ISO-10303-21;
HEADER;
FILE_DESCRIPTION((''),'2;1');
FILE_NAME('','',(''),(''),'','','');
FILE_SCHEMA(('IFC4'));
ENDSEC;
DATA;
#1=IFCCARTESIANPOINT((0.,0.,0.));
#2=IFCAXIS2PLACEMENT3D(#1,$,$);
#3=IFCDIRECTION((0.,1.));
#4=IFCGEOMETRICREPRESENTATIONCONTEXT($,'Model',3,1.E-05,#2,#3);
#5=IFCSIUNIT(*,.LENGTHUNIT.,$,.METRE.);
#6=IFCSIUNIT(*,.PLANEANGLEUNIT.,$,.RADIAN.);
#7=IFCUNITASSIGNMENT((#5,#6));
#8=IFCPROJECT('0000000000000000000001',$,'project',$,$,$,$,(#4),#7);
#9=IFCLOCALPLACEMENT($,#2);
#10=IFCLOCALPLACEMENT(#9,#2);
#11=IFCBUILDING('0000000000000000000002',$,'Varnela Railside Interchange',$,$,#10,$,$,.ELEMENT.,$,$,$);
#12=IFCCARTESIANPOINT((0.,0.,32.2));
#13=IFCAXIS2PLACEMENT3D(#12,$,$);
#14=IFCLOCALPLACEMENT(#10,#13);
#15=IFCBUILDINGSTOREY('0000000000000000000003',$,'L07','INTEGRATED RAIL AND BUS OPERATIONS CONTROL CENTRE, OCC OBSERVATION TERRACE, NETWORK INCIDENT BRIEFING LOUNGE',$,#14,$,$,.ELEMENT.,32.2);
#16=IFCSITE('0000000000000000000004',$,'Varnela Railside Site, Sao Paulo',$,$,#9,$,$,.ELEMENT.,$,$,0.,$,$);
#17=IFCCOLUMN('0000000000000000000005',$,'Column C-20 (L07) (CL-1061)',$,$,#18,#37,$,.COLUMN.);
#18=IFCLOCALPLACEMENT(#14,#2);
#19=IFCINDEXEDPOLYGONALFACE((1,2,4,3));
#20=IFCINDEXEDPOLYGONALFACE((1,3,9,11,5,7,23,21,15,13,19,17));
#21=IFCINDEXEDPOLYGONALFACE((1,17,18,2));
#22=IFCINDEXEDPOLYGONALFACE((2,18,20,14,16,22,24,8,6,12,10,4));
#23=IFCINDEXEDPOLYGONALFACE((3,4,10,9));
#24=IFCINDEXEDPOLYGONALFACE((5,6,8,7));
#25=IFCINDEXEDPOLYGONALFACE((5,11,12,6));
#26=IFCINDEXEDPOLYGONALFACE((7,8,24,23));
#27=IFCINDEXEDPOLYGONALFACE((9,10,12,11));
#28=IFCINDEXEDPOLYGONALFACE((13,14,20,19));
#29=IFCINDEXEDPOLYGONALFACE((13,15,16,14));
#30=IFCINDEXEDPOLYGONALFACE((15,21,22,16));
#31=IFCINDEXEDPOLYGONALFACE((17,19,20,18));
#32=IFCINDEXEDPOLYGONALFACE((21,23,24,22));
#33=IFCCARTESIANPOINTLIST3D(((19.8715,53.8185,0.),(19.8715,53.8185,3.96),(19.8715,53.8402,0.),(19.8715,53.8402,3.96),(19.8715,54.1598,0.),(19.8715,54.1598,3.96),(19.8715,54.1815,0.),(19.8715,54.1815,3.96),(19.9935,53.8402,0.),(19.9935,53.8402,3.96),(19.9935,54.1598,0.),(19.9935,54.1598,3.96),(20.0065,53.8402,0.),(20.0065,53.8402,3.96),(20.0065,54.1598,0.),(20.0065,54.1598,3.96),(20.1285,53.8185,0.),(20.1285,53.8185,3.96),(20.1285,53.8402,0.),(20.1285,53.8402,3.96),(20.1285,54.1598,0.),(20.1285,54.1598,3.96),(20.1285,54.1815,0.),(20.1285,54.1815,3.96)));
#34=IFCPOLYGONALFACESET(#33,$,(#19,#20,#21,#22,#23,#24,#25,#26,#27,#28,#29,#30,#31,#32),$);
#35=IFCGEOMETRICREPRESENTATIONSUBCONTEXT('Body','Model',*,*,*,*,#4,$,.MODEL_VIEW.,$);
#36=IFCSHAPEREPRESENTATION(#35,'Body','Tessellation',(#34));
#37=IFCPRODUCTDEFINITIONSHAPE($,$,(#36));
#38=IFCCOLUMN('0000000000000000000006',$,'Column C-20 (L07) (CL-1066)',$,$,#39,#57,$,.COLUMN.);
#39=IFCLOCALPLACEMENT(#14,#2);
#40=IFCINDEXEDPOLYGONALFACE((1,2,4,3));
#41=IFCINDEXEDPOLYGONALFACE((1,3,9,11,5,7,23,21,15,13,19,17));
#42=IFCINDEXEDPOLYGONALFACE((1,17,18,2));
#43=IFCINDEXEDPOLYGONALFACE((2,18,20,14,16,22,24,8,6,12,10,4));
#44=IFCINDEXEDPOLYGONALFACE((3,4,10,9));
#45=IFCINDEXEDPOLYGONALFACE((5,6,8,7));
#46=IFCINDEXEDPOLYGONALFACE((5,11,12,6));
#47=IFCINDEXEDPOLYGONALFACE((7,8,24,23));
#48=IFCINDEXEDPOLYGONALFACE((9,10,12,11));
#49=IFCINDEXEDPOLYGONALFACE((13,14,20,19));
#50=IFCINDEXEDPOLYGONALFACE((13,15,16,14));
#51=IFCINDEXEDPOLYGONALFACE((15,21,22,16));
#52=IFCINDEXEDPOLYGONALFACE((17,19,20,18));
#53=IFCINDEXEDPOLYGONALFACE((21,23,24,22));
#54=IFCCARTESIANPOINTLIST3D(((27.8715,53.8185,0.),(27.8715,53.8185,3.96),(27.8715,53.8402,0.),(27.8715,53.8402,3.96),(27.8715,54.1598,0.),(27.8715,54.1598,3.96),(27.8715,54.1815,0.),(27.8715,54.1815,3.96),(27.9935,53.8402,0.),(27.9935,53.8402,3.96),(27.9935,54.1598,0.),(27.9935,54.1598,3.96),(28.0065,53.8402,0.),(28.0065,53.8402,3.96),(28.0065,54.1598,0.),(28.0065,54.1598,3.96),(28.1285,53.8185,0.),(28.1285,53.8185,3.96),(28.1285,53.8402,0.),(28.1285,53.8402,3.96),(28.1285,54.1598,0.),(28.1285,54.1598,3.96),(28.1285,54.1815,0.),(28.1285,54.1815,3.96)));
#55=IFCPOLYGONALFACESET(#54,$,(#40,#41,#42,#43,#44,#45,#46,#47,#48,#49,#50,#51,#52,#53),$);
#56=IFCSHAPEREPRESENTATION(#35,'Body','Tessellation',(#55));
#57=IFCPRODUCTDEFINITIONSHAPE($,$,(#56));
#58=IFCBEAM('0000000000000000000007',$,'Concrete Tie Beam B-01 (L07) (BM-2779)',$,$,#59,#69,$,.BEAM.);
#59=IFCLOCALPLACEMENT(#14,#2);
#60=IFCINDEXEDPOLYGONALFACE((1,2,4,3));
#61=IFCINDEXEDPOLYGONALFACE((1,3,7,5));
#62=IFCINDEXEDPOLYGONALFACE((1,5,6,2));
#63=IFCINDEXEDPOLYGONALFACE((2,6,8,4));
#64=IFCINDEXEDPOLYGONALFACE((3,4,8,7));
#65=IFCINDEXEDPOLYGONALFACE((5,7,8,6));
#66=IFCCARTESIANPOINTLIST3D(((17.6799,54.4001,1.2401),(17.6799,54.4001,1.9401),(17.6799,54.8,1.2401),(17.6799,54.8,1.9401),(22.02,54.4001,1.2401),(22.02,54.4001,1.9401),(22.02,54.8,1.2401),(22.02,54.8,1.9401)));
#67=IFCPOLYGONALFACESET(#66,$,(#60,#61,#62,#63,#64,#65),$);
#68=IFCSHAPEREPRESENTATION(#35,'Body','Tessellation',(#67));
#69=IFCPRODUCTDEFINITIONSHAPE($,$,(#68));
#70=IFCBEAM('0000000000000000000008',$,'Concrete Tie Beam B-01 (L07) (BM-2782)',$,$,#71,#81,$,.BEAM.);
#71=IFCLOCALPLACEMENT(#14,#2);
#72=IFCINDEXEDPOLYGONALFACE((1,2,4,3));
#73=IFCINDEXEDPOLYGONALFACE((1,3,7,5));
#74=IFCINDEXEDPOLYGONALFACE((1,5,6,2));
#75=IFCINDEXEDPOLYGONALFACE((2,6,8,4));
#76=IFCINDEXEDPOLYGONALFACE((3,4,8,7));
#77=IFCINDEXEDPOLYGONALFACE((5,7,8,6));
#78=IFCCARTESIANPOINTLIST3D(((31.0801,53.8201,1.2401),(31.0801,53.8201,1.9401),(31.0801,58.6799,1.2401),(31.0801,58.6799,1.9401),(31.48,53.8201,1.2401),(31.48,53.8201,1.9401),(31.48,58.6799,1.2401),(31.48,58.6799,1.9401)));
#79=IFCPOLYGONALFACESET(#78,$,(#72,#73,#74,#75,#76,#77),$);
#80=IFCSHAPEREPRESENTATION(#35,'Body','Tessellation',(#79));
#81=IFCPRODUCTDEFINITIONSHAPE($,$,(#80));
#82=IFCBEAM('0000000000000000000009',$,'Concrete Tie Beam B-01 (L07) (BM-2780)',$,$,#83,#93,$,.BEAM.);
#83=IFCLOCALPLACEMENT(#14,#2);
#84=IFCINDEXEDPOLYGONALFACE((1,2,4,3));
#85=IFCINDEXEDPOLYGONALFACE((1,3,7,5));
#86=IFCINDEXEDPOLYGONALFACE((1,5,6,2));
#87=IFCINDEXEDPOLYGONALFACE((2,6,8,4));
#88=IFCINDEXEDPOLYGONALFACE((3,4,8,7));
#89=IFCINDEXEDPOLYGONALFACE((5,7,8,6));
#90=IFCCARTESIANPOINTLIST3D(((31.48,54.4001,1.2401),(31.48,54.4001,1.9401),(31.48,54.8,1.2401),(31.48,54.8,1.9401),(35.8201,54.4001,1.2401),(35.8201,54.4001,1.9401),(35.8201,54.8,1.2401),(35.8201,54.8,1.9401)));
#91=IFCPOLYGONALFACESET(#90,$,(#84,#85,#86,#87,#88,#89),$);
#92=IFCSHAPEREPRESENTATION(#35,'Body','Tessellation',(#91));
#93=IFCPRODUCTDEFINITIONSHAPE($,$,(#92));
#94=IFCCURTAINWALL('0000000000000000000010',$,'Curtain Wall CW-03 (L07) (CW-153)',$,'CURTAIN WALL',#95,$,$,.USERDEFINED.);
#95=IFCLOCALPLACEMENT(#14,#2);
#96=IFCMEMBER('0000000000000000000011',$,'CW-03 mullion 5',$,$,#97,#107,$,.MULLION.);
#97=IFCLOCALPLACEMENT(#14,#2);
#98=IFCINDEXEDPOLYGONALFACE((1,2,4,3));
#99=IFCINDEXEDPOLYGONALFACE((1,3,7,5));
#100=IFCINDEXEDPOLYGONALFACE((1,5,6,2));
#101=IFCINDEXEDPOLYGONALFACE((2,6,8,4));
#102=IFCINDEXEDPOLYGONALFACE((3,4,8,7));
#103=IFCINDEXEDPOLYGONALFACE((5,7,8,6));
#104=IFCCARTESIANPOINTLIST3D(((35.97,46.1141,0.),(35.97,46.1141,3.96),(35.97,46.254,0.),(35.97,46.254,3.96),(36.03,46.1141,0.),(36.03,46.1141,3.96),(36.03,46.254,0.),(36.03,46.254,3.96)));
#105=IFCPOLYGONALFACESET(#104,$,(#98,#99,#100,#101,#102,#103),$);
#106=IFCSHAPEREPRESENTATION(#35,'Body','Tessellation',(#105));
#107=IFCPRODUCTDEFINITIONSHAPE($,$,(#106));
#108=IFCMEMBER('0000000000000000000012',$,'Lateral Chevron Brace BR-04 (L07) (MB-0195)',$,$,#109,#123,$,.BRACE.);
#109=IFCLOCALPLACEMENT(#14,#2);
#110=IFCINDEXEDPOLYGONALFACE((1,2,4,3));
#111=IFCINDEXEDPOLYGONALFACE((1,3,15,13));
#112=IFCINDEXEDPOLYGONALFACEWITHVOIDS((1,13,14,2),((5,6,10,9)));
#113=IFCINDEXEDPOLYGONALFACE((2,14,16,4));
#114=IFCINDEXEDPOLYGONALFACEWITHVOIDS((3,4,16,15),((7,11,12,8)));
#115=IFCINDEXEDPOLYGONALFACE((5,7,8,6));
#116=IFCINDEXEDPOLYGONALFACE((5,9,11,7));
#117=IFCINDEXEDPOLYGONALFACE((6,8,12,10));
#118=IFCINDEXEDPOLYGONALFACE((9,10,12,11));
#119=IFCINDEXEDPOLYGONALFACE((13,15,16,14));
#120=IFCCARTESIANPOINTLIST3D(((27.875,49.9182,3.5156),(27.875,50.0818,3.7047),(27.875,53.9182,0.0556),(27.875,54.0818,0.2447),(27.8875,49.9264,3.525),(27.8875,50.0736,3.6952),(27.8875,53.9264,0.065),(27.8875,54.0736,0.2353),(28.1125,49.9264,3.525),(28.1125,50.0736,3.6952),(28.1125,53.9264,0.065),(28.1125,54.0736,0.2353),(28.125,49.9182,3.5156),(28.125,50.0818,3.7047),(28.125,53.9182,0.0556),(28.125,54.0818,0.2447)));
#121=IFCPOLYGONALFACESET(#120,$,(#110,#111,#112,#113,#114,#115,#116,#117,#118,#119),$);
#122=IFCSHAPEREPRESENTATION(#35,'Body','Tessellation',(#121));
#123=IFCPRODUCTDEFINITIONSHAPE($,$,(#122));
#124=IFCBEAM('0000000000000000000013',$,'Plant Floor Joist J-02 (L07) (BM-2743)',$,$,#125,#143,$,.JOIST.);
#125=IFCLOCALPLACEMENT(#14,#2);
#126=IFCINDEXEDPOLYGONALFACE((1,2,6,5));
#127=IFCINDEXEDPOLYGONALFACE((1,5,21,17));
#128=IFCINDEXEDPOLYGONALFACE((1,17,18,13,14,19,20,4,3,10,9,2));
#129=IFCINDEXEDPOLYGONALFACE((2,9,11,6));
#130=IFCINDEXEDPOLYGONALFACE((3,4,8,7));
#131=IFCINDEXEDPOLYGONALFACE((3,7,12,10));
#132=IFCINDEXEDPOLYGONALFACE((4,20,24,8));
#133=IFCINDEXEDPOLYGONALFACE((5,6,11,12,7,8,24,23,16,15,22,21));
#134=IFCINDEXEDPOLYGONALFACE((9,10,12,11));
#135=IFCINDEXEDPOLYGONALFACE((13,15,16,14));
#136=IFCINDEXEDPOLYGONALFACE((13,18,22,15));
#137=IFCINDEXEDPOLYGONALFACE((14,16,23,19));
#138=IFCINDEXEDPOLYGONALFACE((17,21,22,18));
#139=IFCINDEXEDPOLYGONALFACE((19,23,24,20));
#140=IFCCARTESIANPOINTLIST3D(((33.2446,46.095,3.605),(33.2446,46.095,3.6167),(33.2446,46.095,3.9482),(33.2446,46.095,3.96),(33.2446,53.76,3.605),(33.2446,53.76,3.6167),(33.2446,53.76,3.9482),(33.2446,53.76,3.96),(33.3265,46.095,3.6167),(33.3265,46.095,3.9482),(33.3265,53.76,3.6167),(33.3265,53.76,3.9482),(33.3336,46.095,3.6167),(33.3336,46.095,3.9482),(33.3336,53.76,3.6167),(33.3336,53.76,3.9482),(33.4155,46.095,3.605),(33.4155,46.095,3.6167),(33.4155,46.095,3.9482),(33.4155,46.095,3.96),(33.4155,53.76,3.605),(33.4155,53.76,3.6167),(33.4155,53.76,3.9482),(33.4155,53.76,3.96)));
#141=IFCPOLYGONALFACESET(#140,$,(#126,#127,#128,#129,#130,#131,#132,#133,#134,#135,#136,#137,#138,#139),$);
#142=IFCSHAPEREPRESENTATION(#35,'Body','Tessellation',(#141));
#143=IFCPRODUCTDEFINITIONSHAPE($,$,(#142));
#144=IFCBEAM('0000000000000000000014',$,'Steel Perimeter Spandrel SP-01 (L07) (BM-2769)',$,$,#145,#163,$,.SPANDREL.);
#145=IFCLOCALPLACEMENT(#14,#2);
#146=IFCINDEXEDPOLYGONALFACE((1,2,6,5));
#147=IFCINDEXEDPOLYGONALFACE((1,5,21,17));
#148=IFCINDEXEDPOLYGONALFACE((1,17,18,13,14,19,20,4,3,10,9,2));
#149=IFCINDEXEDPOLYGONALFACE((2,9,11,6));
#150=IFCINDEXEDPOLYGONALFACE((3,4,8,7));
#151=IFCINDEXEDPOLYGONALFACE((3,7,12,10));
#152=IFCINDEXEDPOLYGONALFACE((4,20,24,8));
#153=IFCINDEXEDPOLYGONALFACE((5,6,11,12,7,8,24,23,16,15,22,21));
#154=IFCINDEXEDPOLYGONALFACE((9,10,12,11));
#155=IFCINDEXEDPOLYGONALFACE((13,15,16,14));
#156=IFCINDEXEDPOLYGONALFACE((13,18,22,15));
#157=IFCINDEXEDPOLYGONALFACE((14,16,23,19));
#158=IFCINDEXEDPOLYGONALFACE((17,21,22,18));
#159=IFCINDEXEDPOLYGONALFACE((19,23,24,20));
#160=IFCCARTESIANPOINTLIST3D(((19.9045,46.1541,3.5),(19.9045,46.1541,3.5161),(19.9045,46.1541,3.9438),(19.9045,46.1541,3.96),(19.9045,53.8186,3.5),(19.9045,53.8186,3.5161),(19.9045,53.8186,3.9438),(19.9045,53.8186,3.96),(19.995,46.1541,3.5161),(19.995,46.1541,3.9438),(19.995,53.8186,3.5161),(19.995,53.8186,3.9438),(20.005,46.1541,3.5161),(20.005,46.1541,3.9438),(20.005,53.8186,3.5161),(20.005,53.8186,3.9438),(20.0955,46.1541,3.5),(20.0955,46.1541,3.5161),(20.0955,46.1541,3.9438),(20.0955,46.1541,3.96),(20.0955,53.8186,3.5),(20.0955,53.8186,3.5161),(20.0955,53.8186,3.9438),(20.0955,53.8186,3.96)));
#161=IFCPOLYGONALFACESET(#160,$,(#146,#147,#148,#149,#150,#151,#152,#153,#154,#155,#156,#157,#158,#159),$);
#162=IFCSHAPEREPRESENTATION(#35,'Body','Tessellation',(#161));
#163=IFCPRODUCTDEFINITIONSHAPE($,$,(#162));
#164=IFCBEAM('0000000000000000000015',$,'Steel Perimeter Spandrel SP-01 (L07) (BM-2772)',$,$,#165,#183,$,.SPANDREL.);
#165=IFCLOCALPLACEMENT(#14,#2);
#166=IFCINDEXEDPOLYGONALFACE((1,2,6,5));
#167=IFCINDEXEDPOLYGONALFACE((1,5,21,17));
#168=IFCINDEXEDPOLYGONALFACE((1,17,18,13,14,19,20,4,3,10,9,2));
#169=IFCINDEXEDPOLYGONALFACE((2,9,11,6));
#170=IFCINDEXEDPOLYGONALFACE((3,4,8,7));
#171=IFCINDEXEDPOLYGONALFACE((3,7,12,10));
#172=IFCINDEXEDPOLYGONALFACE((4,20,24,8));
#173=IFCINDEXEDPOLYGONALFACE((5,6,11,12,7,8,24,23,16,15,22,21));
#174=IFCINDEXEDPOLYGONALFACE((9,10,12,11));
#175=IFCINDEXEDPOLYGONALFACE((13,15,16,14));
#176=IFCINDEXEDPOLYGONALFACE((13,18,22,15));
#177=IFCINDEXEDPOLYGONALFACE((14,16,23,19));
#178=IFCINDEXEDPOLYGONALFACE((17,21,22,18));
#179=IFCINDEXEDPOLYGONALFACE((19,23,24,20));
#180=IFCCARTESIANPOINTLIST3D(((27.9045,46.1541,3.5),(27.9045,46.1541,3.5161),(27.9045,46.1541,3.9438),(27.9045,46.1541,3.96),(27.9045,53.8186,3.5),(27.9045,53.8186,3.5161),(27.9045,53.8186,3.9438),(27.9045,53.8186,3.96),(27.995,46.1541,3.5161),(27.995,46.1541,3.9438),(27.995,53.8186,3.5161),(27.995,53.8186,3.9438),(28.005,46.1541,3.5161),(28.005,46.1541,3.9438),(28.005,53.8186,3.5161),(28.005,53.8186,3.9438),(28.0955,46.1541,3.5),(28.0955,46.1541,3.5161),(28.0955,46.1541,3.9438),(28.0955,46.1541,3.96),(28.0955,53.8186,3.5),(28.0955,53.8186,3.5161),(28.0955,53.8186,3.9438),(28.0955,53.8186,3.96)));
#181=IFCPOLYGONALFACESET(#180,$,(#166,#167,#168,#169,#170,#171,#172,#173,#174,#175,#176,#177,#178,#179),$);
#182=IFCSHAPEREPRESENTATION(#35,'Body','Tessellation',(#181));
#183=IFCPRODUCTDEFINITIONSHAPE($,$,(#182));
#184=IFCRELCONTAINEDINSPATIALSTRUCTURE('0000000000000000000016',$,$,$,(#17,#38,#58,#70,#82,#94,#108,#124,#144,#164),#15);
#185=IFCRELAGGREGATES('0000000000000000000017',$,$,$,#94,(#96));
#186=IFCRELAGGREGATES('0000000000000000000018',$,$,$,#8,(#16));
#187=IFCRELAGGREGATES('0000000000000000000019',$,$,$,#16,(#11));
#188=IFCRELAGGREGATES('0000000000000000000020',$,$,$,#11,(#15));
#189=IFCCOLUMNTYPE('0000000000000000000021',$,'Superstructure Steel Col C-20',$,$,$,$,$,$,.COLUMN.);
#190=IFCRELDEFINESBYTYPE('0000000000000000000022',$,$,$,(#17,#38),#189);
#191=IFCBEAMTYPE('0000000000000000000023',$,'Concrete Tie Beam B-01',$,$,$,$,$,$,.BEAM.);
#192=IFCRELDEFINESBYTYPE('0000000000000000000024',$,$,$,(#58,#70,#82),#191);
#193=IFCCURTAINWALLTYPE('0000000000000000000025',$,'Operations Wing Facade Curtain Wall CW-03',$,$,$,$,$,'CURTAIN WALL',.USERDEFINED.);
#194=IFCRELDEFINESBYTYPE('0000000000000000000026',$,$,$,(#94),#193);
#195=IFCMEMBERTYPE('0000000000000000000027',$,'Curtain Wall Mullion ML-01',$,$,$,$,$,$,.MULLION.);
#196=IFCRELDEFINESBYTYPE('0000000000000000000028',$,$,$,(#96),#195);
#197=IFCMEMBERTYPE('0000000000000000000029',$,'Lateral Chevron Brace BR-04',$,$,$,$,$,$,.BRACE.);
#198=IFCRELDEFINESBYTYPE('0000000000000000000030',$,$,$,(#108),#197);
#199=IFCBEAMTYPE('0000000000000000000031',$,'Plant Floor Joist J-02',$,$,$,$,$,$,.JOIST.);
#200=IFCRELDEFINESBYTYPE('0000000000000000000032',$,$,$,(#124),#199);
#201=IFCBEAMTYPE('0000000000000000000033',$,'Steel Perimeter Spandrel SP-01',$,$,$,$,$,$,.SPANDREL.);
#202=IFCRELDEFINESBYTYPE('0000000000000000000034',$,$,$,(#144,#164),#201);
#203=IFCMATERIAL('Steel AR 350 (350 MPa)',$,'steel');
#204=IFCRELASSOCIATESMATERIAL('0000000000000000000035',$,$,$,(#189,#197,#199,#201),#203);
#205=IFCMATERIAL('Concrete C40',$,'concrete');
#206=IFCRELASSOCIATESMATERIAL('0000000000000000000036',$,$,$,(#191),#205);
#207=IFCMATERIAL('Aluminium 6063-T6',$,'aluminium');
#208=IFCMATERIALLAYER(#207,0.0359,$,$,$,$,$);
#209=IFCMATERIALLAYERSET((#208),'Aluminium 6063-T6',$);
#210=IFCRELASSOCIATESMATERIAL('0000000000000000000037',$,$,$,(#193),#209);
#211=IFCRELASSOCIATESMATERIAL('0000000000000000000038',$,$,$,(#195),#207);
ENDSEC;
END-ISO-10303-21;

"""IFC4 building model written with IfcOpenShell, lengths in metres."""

from ifc_helpers import new_model, si_unit, direction, frame, origin, origin_2d, place, context, subcontext, project, spatial, rectangle, hollow_rectangle, i_section, extrude, material, layer, layer_set, material_profile, profile_set, type_object, element, aggregate, save


model = new_model("IFC4")

# Units and contexts
model_context = context("Model", 3, precision=1e-05, world=origin(), true_north=direction((0.0, 1.0)))
body_context = subcontext(model_context, "Body", "Model", "MODEL_VIEW")
ifc_project = project(units=[si_unit("LENGTHUNIT", "METRE"), si_unit("PLANEANGLEUNIT", "RADIAN")], contexts=[model_context])

# Site, building, storey
site_placement = place(None, origin())
site = spatial("IfcSite", under=ifc_project, at=site_placement, Name="Varnela Railside Site, Sao Paulo", CompositionType="ELEMENT", RefElevation=0.0)
building_placement = place(site_placement, origin())
building = spatial("IfcBuilding", under=site, at=building_placement, Name="Varnela Railside Interchange", CompositionType="ELEMENT")
storey_placement = place(building_placement, frame((0.0, 0.0, 32.2)))
storey = spatial("IfcBuildingStorey", under=building, at=storey_placement, Name="L07", Description="INTEGRATED RAIL AND BUS OPERATIONS CONTROL CENTRE, OCC OBSERVATION TERRACE, NETWORK INCIDENT BRIEFING LOUNGE", CompositionType="ELEMENT", Elevation=32.2)

# Columns
ifc_material_1 = material(Name="Steel AR 350 (350 MPa)", Category="steel")
ifc_material_profile_1 = material_profile(ifc_material_1, i_section(OverallWidth=0.2571, OverallDepth=0.363, WebThickness=0.0129, FlangeThickness=0.0217, at=origin_2d()), Name="W360x122")
ifc_profile_set_1 = profile_set([ifc_material_profile_1], Name="Steel AR 350 (350 MPa)")
column_type = type_object("IfcColumnType", Name="Superstructure Steel Col C-20", PredefinedType="COLUMN", material=ifc_profile_set_1)
for number, where, z_axis, x_axis, name in (
    (1, (20.0, 54.0, 0.0), (0.0, 0.0, 1.0), (1.0, 0.0, 0.0), "Column C-20 (L07) (CL-1061)"),
    (2, (28.0, 54.0, 0.0), (0.0, 0.0, 1.0), (1.0, 0.0, 0.0), "Column C-20 (L07) (CL-1066)"),
):
    element("IfcColumn", number, at=place(storey_placement, frame(where, z_axis=z_axis, x_axis=x_axis)), inside=storey, type_object=column_type, Name=name, PredefinedType="COLUMN", context=body_context, shape_type="SweptSolid", body=[
        extrude(i_section(OverallWidth=0.2571, OverallDepth=0.363, WebThickness=0.0129, FlangeThickness=0.0217, at=origin_2d()), origin(), (0.0, 0.0, 1.0), 3.96),
    ])

# Beams
ifc_material_2 = material(Name="Concrete C40", Category="concrete")
ifc_material_profile_2 = material_profile(ifc_material_2, rectangle(XDim=0.3999, YDim=0.7, at=origin_2d()), Name="RC 400x700")
ifc_profile_set_2 = profile_set([ifc_material_profile_2], Name="Concrete C40")
beam_type_1 = type_object("IfcBeamType", Name="Concrete Tie Beam B-01", PredefinedType="BEAM", material=ifc_profile_set_2)
beam_1_placement = place(storey_placement, frame((17.6799, 54.6001, 1.5901), z_axis=(1.0, 0.0, 0.0), x_axis=(0.0, 1.0, 0.0)))
element("IfcBeam", 3, at=beam_1_placement, inside=storey, type_object=beam_type_1, Name="Concrete Tie Beam B-01 (L07) (BM-2779)", PredefinedType="BEAM", context=body_context, shape_type="SweptSolid", body=[
    extrude(rectangle(XDim=0.3999, YDim=0.7, at=origin_2d()), origin(), (0.0, 0.0, 1.0), 4.3401),
])
beam_2_placement = place(storey_placement, frame((31.28, 53.8201, 1.5901), z_axis=(0.0, 1.0, 0.0), x_axis=(-1.0, 0.0, 0.0)))
element("IfcBeam", 4, at=beam_2_placement, inside=storey, type_object=beam_type_1, Name="Concrete Tie Beam B-01 (L07) (BM-2782)", PredefinedType="BEAM", context=body_context, shape_type="SweptSolid", body=[
    extrude(rectangle(XDim=0.3999, YDim=0.7, at=origin_2d()), origin(), (0.0, 0.0, 1.0), 4.8599),
])
beam_3_placement = place(storey_placement, frame((31.48, 54.6001, 1.5901), z_axis=(1.0, 0.0, 0.0), x_axis=(0.0, 1.0, 0.0)))
element("IfcBeam", 5, at=beam_3_placement, inside=storey, type_object=beam_type_1, Name="Concrete Tie Beam B-01 (L07) (BM-2780)", PredefinedType="BEAM", context=body_context, shape_type="SweptSolid", body=[
    extrude(rectangle(XDim=0.3999, YDim=0.7, at=origin_2d()), origin(), (0.0, 0.0, 1.0), 4.3401),
])

# Curtain wall, member
ifc_material_3 = material(Name="Aluminium 6063-T6", Category="aluminium")
ifc_layer_1 = layer(ifc_material_3, 0.0359)
ifc_layer_set_1 = layer_set([ifc_layer_1], Name="Aluminium 6063-T6")
curtain_wall_type = type_object("IfcCurtainWallType", Name="Operations Wing Facade Curtain Wall CW-03", ElementType="CURTAIN WALL", PredefinedType="USERDEFINED", material=ifc_layer_set_1)
curtain_wall_placement = place(storey_placement, origin())
curtain_wall = element("IfcCurtainWall", 6, at=curtain_wall_placement, inside=storey, type_object=curtain_wall_type, Name="Curtain Wall CW-03 (L07) (CW-153)", ObjectType="CURTAIN WALL", PredefinedType="USERDEFINED")
ifc_material_profile_3 = material_profile(ifc_material_3, rectangle(XDim=0.0601, YDim=0.1399, at=origin_2d()), Name="ALU 60x140")
ifc_profile_set_3 = profile_set([ifc_material_profile_3], Name="Aluminium 6063-T6")
member_type_1 = type_object("IfcMemberType", Name="Curtain Wall Mullion ML-01", PredefinedType="MULLION", material=ifc_profile_set_3)
member_1_placement = place(storey_placement, frame((36.0, 46.1841, 0.0), z_axis=(0.0, 0.0, 1.0), x_axis=(1.0, 0.0, 0.0)))
member_1 = element("IfcMember", 7, at=member_1_placement, type_object=member_type_1, Name="CW-03 mullion 5", PredefinedType="MULLION", context=body_context, shape_type="SweptSolid", body=[
    extrude(rectangle(XDim=0.0601, YDim=0.1399, at=origin_2d()), origin(), (0.0, 0.0, 1.0), 3.96),
])

# Member
ifc_material_profile_4 = material_profile(ifc_material_1, hollow_rectangle(XDim=0.25, YDim=0.25, WallThickness=0.0125, at=origin_2d()), Name="HSS 250x250x12.5")
ifc_profile_set_4 = profile_set([ifc_material_profile_4], Name="Steel AR 350 (350 MPa)")
member_type_2 = type_object("IfcMemberType", Name="Lateral Chevron Brace BR-04", PredefinedType="BRACE", material=ifc_profile_set_4)
member_2_placement = place(storey_placement, frame((28.0, 54.0, 0.1501), z_axis=(0.0, -0.756316, 0.654206), x_axis=(1.0, 0.0, 0.0)))
element("IfcMember", 8, at=member_2_placement, inside=storey, type_object=member_type_2, Name="Lateral Chevron Brace BR-04 (L07) (MB-0195)", PredefinedType="BRACE", context=body_context, shape_type="SweptSolid", body=[
    extrude(hollow_rectangle(XDim=0.25, YDim=0.25, WallThickness=0.0125, at=origin_2d()), origin(), (0.0, 0.0, 1.0), 5.2888),
])

# Beams
ifc_material_profile_5 = material_profile(ifc_material_1, i_section(OverallWidth=0.1709, OverallDepth=0.355, WebThickness=0.0071, FlangeThickness=0.0117, at=origin_2d()), Name="W360x51")
ifc_profile_set_5 = profile_set([ifc_material_profile_5], Name="Steel AR 350 (350 MPa)")
beam_type_2 = type_object("IfcBeamType", Name="Plant Floor Joist J-02", PredefinedType="JOIST", material=ifc_profile_set_5)
beam_4_placement = place(storey_placement, frame((33.3301, 46.095, 3.7825), z_axis=(0.0, 1.0, 0.0), x_axis=(-1.0, 0.0, 0.0)))
element("IfcBeam", 9, at=beam_4_placement, inside=storey, type_object=beam_type_2, Name="Plant Floor Joist J-02 (L07) (BM-2743)", PredefinedType="JOIST", context=body_context, shape_type="SweptSolid", body=[
    extrude(i_section(OverallWidth=0.1709, OverallDepth=0.355, WebThickness=0.0071, FlangeThickness=0.0117, at=origin_2d()), origin(), (0.0, 0.0, 1.0), 7.665),
])
ifc_material_profile_6 = material_profile(ifc_material_1, i_section(OverallWidth=0.1909, OverallDepth=0.46, WebThickness=0.01, FlangeThickness=0.0161, at=origin_2d()), Name="W460x82")
ifc_profile_set_6 = profile_set([ifc_material_profile_6], Name="Steel AR 350 (350 MPa)")
beam_type_3 = type_object("IfcBeamType", Name="Steel Perimeter Spandrel SP-01", PredefinedType="SPANDREL", material=ifc_profile_set_6)
for number, where, z_axis, x_axis, name in (
    (10, (20.0, 46.1541, 3.73), (0.0, 1.0, 0.0), (-1.0, 0.0, 0.0), "Steel Perimeter Spandrel SP-01 (L07) (BM-2769)"),
    (11, (28.0, 46.1541, 3.73), (0.0, 1.0, 0.0), (-1.0, 0.0, 0.0), "Steel Perimeter Spandrel SP-01 (L07) (BM-2772)"),
):
    element("IfcBeam", number, at=place(storey_placement, frame(where, z_axis=z_axis, x_axis=x_axis)), inside=storey, type_object=beam_type_3, Name=name, PredefinedType="SPANDREL", context=body_context, shape_type="SweptSolid", body=[
        extrude(i_section(OverallWidth=0.1909, OverallDepth=0.46, WebThickness=0.01, FlangeThickness=0.0161, at=origin_2d()), origin(), (0.0, 0.0, 1.0), 7.6646),
    ])

aggregate(curtain_wall, [member_1])

save(model, "model.ifc")
